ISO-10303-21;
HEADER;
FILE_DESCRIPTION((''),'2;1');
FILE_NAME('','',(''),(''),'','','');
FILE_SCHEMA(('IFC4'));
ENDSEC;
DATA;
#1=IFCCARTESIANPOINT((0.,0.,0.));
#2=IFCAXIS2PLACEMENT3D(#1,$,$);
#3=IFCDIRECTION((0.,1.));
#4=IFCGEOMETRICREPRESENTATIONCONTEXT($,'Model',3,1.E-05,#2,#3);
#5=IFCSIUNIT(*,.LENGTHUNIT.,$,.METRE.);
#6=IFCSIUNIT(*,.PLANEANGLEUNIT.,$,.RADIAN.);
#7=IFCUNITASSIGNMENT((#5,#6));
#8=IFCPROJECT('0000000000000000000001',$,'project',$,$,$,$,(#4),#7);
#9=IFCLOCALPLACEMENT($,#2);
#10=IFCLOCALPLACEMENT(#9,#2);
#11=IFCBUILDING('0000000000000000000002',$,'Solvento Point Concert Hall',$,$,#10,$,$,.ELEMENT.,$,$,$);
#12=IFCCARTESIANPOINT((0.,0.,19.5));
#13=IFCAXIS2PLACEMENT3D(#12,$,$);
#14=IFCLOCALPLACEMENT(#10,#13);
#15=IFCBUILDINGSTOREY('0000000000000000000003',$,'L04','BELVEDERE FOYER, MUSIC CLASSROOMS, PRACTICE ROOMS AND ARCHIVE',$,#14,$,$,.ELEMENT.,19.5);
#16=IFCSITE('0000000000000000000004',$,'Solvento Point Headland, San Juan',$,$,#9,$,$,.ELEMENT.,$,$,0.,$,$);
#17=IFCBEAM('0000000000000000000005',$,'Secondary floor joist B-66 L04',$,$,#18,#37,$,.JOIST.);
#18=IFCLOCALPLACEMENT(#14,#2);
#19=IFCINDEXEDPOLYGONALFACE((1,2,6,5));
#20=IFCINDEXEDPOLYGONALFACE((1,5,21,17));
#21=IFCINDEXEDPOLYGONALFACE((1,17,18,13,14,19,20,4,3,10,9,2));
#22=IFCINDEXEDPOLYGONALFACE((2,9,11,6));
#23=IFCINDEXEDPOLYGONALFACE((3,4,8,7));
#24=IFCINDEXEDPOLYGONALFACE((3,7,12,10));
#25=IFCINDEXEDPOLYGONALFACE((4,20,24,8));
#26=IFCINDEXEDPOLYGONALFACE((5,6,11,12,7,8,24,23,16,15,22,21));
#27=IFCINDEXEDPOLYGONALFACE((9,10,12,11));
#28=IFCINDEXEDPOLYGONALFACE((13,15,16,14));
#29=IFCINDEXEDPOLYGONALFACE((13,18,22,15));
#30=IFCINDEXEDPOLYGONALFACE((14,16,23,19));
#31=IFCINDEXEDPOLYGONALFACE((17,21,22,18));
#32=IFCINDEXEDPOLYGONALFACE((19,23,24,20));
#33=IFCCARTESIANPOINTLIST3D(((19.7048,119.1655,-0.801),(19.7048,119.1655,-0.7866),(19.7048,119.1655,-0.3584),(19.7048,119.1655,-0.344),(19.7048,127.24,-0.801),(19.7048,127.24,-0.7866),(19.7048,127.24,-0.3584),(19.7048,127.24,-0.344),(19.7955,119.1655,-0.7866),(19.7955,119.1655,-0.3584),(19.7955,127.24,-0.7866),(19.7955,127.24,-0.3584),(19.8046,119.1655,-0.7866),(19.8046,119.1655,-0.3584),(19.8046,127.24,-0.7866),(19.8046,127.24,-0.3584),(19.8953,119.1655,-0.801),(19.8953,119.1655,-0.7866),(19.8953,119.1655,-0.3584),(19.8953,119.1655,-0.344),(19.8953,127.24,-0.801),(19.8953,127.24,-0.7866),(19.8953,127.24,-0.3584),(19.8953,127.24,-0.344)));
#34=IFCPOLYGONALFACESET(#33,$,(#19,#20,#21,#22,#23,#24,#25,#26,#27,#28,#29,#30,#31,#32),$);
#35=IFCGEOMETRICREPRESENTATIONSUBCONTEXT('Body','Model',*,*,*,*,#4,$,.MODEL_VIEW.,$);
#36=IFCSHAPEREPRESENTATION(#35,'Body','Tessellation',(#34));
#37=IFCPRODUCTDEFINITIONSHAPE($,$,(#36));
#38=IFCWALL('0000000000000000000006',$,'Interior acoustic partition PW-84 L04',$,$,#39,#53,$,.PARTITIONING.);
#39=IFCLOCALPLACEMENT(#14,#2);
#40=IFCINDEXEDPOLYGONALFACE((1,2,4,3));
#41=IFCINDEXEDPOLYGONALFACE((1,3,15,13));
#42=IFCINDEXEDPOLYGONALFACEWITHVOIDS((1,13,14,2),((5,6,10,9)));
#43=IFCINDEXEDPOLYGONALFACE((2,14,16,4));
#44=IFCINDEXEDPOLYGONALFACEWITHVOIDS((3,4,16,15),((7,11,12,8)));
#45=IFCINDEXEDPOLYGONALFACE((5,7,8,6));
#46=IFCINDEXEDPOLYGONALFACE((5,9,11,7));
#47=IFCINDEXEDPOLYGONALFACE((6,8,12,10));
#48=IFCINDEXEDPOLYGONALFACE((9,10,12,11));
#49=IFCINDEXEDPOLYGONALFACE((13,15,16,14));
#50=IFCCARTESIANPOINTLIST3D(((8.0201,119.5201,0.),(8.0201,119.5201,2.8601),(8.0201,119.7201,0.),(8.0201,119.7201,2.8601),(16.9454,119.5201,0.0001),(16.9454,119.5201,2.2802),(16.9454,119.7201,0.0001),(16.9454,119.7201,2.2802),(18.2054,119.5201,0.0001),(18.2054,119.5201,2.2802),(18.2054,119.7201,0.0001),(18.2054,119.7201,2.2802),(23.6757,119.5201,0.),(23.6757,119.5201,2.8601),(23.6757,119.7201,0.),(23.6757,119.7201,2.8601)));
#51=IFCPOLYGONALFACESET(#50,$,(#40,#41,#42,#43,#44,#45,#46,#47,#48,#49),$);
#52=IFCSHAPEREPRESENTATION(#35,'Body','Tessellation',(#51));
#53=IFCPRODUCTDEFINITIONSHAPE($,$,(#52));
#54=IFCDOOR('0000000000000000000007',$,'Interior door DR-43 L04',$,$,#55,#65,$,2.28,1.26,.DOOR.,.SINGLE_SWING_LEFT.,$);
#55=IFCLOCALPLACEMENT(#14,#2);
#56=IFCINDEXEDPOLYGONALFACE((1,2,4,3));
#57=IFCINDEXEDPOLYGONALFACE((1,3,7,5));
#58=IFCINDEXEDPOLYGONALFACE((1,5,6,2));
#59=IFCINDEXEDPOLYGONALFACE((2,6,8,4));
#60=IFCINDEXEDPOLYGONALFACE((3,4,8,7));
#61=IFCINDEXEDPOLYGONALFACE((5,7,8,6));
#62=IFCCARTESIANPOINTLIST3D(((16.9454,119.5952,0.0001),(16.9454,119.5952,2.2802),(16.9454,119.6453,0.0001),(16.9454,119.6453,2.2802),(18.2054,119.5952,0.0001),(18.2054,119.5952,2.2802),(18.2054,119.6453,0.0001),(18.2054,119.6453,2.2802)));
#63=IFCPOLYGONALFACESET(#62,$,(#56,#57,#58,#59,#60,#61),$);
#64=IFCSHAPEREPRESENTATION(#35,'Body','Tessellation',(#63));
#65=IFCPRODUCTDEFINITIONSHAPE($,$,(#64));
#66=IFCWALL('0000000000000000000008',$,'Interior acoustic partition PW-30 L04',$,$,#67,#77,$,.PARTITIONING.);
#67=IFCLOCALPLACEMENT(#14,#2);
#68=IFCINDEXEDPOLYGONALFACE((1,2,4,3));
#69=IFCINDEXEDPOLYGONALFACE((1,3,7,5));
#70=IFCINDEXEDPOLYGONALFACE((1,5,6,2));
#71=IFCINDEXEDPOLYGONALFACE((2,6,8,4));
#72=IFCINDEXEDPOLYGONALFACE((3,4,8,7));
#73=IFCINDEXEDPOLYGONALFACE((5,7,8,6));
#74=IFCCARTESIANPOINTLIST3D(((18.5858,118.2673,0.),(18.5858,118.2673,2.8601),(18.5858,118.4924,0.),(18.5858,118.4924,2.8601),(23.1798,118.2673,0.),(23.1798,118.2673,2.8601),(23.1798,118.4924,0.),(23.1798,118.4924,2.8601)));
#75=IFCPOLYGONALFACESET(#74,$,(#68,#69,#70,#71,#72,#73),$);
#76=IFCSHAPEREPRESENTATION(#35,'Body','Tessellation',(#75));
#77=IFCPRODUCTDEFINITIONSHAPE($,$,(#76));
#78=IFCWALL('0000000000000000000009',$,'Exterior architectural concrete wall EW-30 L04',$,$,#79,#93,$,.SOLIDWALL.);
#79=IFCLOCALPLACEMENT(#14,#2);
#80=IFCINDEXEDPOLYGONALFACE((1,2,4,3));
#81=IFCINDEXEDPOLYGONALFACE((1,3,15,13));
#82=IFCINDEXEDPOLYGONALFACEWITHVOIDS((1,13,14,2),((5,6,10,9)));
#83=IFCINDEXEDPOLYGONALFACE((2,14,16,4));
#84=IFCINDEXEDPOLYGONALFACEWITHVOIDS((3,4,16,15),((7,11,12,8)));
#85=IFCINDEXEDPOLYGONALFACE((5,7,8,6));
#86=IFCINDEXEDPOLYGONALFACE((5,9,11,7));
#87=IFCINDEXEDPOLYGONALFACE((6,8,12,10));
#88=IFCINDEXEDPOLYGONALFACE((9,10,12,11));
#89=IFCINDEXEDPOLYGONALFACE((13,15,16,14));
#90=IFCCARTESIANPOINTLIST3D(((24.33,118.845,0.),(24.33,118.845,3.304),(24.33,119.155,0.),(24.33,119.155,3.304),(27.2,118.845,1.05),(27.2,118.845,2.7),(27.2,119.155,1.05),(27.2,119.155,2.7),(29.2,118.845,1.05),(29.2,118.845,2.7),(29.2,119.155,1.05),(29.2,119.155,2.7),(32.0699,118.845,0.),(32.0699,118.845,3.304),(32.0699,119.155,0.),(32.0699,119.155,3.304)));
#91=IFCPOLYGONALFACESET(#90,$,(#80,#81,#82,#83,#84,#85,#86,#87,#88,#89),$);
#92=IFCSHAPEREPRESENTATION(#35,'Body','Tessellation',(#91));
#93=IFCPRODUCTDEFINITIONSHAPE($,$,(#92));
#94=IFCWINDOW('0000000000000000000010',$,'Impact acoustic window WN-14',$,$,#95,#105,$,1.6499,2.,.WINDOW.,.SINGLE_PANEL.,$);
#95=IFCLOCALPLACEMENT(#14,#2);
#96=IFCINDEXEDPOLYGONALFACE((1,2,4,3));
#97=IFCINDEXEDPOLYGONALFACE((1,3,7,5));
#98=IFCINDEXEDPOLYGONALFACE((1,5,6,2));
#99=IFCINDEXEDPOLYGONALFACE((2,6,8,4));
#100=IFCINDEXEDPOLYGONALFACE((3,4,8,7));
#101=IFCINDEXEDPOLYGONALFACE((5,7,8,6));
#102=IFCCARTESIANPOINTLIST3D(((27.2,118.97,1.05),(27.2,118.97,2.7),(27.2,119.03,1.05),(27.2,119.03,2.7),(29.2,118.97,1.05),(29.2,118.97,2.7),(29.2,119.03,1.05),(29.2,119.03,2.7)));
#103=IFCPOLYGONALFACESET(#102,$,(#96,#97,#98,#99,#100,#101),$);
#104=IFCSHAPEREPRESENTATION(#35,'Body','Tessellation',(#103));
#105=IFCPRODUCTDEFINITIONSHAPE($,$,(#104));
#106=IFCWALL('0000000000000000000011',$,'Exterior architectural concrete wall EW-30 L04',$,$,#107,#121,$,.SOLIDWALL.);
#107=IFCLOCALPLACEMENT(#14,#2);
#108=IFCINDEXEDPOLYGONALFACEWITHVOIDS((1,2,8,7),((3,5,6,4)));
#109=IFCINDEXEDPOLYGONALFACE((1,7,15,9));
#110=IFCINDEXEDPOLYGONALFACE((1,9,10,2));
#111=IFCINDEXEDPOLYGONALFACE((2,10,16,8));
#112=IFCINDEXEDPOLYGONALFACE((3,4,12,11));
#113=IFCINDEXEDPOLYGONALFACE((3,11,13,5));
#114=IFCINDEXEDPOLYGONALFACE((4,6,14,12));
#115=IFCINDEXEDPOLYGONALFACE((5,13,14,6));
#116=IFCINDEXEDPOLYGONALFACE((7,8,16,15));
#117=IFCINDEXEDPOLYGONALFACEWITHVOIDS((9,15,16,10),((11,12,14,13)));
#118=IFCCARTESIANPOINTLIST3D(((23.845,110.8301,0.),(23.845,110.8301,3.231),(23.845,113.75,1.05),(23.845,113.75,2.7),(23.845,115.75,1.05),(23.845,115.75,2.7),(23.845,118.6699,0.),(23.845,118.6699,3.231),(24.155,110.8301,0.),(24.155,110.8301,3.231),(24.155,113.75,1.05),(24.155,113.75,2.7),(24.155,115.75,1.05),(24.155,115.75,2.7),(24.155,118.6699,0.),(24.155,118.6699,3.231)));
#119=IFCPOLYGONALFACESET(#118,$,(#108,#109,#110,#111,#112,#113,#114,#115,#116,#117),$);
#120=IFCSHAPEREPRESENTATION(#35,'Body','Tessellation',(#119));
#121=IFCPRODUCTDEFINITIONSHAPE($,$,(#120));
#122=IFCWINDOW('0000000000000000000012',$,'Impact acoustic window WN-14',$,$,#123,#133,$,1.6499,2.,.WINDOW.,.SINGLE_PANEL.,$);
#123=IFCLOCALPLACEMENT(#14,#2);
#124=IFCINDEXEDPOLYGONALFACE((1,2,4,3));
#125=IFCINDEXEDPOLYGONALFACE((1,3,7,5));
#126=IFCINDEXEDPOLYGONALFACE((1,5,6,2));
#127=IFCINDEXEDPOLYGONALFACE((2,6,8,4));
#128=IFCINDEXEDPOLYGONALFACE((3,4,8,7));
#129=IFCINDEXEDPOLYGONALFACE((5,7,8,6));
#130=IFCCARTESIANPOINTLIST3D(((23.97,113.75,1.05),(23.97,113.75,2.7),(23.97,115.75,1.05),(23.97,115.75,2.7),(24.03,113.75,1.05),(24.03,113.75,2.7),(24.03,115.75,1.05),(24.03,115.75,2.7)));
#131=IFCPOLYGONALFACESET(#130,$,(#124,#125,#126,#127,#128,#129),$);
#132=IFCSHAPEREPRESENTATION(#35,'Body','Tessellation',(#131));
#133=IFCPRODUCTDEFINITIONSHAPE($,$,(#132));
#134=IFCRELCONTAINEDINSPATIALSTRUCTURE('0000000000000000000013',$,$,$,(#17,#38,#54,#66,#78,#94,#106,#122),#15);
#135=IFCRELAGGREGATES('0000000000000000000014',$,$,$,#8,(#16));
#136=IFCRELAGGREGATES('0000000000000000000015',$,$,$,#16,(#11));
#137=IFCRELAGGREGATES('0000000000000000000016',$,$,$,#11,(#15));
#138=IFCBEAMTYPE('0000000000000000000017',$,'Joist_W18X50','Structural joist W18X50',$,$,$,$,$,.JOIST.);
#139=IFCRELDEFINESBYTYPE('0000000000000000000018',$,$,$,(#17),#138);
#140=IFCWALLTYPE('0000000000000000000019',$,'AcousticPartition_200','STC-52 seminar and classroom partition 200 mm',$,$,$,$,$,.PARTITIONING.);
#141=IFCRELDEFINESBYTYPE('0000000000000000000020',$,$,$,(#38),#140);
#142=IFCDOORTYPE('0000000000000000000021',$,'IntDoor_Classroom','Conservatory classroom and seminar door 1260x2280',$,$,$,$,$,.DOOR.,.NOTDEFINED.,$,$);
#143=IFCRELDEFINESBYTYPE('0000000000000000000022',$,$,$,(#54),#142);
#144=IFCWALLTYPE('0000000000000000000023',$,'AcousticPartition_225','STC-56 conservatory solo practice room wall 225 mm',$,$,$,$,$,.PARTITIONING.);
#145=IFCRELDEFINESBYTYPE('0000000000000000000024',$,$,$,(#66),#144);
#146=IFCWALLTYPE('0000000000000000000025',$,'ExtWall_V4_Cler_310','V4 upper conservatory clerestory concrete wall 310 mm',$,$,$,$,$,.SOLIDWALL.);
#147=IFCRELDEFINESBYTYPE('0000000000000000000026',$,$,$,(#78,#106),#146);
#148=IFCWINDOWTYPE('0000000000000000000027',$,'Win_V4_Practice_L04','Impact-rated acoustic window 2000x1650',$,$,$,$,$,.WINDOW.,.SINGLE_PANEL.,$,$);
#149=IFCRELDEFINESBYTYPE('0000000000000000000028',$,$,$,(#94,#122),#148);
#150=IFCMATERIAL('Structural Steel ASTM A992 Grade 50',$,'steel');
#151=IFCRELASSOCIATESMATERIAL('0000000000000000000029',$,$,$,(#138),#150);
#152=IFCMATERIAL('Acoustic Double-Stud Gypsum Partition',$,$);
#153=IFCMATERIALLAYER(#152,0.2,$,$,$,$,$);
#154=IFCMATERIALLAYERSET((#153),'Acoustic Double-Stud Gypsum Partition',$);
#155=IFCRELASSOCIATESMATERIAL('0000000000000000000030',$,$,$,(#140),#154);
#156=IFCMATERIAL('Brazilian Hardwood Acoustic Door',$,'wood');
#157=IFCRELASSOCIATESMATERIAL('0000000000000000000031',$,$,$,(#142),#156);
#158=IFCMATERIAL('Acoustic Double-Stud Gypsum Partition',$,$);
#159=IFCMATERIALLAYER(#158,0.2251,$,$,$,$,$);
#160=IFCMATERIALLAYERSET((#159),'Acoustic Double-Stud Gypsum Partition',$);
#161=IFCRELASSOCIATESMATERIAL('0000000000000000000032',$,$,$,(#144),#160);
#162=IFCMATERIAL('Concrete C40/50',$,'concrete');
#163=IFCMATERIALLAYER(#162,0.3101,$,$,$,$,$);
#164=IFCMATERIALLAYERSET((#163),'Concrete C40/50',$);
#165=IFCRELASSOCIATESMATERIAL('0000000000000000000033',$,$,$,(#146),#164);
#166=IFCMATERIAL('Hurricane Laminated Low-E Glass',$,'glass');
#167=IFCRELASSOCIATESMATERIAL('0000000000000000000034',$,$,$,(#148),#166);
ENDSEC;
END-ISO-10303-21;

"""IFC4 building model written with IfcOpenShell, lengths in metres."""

from ifc_helpers import new_model, si_unit, direction, frame, frame_2d, origin, origin_2d, place, context, subcontext, project, spatial, rectangle, i_section, extrude, material, layer, layer_set, material_profile, profile_set, type_object, element, fill, save


model = new_model("IFC4")

# Units and contexts
model_context = context("Model", 3, precision=1e-05, world=origin(), true_north=direction((0.0, 1.0)))
body_context = subcontext(model_context, "Body", "Model", "MODEL_VIEW")
ifc_project = project(units=[si_unit("LENGTHUNIT", "METRE"), si_unit("PLANEANGLEUNIT", "RADIAN")], contexts=[model_context])

# Site, building, storey
site_placement = place(None, origin())
site = spatial("IfcSite", under=ifc_project, at=site_placement, Name="Solvento Point Headland, San Juan", CompositionType="ELEMENT", RefElevation=0.0)
building_placement = place(site_placement, origin())
building = spatial("IfcBuilding", under=site, at=building_placement, Name="Solvento Point Concert Hall", CompositionType="ELEMENT")
storey_placement = place(building_placement, frame((0.0, 0.0, 19.5)))
storey = spatial("IfcBuildingStorey", under=building, at=storey_placement, Name="L04", Description="BELVEDERE FOYER, MUSIC CLASSROOMS, PRACTICE ROOMS AND ARCHIVE", CompositionType="ELEMENT", Elevation=19.5)

# Beam
ifc_material_1 = material(Name="Structural Steel ASTM A992 Grade 50", Category="steel")
ifc_material_profile_1 = material_profile(ifc_material_1, i_section(OverallWidth=0.1904, OverallDepth=0.457, WebThickness=0.009, FlangeThickness=0.0144, at=origin_2d()), Name="W18X50")
ifc_profile_set_1 = profile_set([ifc_material_profile_1], Name="Structural Steel ASTM A992 Grade 50")
beam_type_1 = type_object("IfcBeamType", Name="Joist_W18X50", Description="Structural joist W18X50", PredefinedType="JOIST", material=ifc_profile_set_1)
beam_1_placement = place(storey_placement, frame((19.8, 119.1655, -0.5725), z_axis=(0.0, 1.0, 0.0), x_axis=(-1.0, 0.0, 0.0)))
element("IfcBeam", 1, at=beam_1_placement, inside=storey, type_object=beam_type_1, Name="Secondary floor joist B-66 L04", PredefinedType="JOIST", context=body_context, shape_type="SweptSolid", body=[
    extrude(i_section(OverallWidth=0.1904, OverallDepth=0.457, WebThickness=0.009, FlangeThickness=0.0144, at=origin_2d()), origin(), (0.0, 0.0, 1.0), 8.0745),
])

# Wall, opening, door
ifc_material_2 = material(Name="Acoustic Double-Stud Gypsum Partition")
ifc_layer_1 = layer(ifc_material_2, 0.2)
ifc_layer_set_1 = layer_set([ifc_layer_1], Name="Acoustic Double-Stud Gypsum Partition")
wall_type_1 = type_object("IfcWallType", Name="AcousticPartition_200", Description="STC-52 seminar and classroom partition 200 mm", PredefinedType="PARTITIONING", material=ifc_layer_set_1)
wall_1_placement = place(storey_placement, frame((23.6755, 119.6201, 0.0), z_axis=(0.0, 0.0, 1.0), x_axis=(-1.0, 0.0, 0.0)))
wall_1 = element("IfcWall", 2, at=wall_1_placement, inside=storey, type_object=wall_type_1, Name="Interior acoustic partition PW-84 L04", PredefinedType="PARTITIONING", context=body_context, shape_type="SweptSolid", body=[
    extrude(rectangle(XDim=15.6555, YDim=0.2, at=frame_2d((7.8276, 0.0))), origin(), (0.0, 0.0, 1.0), 2.8601),
])
opening_1_placement = place(wall_1_placement, frame((5.4702, 0.0, 0.0)))
opening_1 = element("IfcOpeningElement", 3, at=opening_1_placement, cuts=wall_1, PredefinedType="OPENING", context=body_context, shape_type="SweptSolid", body=[
    extrude(rectangle(XDim=1.26, YDim=2.28, at=frame_2d((0.6299, 1.1401))), frame((0.0, 0.1099, 0.0), z_axis=(0.0, -1.0, 0.0), x_axis=(1.0, 0.0, 0.0)), (0.0, 0.0, 1.0), 0.22),
])
ifc_material_3 = material(Name="Brazilian Hardwood Acoustic Door", Category="wood")
door_type = type_object("IfcDoorType", Name="IntDoor_Classroom", Description="Conservatory classroom and seminar door 1260x2280", OperationType="NOTDEFINED", PredefinedType="DOOR", material=ifc_material_3)
door_placement = place(opening_1_placement, origin())
door = element("IfcDoor", 4, at=door_placement, inside=storey, type_object=door_type, Name="Interior door DR-43 L04", OperationType="SINGLE_SWING_LEFT", OverallHeight=2.28, OverallWidth=1.26, PredefinedType="DOOR", context=body_context, shape_type="SweptSolid", body=[
    extrude(rectangle(XDim=1.26, YDim=2.28, at=frame_2d((0.6299, 1.1401))), frame((0.0, 0.0249, 0.0), z_axis=(0.0, -1.0, 0.0), x_axis=(1.0, 0.0, 0.0)), (0.0, 0.0, 1.0), 0.05),
])
fill(opening_1, door)

# Wall
ifc_material_4 = material(Name="Acoustic Double-Stud Gypsum Partition")
ifc_layer_2 = layer(ifc_material_4, 0.2251)
ifc_layer_set_2 = layer_set([ifc_layer_2], Name="Acoustic Double-Stud Gypsum Partition")
wall_type_2 = type_object("IfcWallType", Name="AcousticPartition_225", Description="STC-56 conservatory solo practice room wall 225 mm", PredefinedType="PARTITIONING", material=ifc_layer_set_2)
wall_2_placement = place(storey_placement, frame((18.5859, 118.3799, 0.0), z_axis=(0.0, 0.0, 1.0), x_axis=(1.0, 0.0, 0.0)))
element("IfcWall", 5, at=wall_2_placement, inside=storey, type_object=wall_type_2, Name="Interior acoustic partition PW-30 L04", PredefinedType="PARTITIONING", context=body_context, shape_type="SweptSolid", body=[
    extrude(rectangle(XDim=4.594, YDim=0.2251, at=frame_2d((2.2969, 0.0))), origin(), (0.0, 0.0, 1.0), 2.8601),
])

# Walls, openings, windows
ifc_material_5 = material(Name="Concrete C40/50", Category="concrete")
ifc_layer_3 = layer(ifc_material_5, 0.3101)
ifc_layer_set_3 = layer_set([ifc_layer_3], Name="Concrete C40/50")
wall_type_3 = type_object("IfcWallType", Name="ExtWall_V4_Cler_310", Description="V4 upper conservatory clerestory concrete wall 310 mm", PredefinedType="SOLIDWALL", material=ifc_layer_set_3)
wall_3_placement = place(storey_placement, frame((32.0701, 119.0, 0.0), z_axis=(0.0, 0.0, 1.0), x_axis=(-1.0, 0.0, 0.0)))
wall_3 = element("IfcWall", 6, at=wall_3_placement, inside=storey, type_object=wall_type_3, Name="Exterior architectural concrete wall EW-30 L04", PredefinedType="SOLIDWALL", context=body_context, shape_type="SweptSolid", body=[
    extrude(rectangle(XDim=7.74, YDim=0.3101, at=frame_2d((3.8701, 0.0))), origin(), (0.0, 0.0, 1.0), 3.304),
])
opening_2_placement = place(wall_3_placement, frame((2.8701, 0.0, 1.05)))
opening_2 = element("IfcOpeningElement", 7, at=opening_2_placement, cuts=wall_3, PredefinedType="OPENING", context=body_context, shape_type="SweptSolid", body=[
    extrude(rectangle(XDim=2.0, YDim=1.6499, at=frame_2d((1.0, 0.825))), frame((0.0, 0.165, 0.0), z_axis=(0.0, -1.0, 0.0), x_axis=(1.0, 0.0, 0.0)), (0.0, 0.0, 1.0), 0.3301),
])
ifc_material_6 = material(Name="Hurricane Laminated Low-E Glass", Category="glass")
window_type = type_object("IfcWindowType", Name="Win_V4_Practice_L04", Description="Impact-rated acoustic window 2000x1650", PartitioningType="SINGLE_PANEL", PredefinedType="WINDOW", material=ifc_material_6)
window_1_placement = place(opening_2_placement, origin())
window_1 = element("IfcWindow", 8, at=window_1_placement, inside=storey, type_object=window_type, Name="Impact acoustic window WN-14", OverallHeight=1.6499, OverallWidth=2.0, PartitioningType="SINGLE_PANEL", PredefinedType="WINDOW", context=body_context, shape_type="SweptSolid", body=[
    extrude(rectangle(XDim=2.0, YDim=1.6499, at=frame_2d((1.0, 0.825))), frame((0.0, 0.03, 0.0), z_axis=(0.0, -1.0, 0.0), x_axis=(1.0, 0.0, 0.0)), (0.0, 0.0, 1.0), 0.0601),
])
fill(opening_2, window_1)
wall_4_placement = place(storey_placement, frame((24.0, 118.6699, 0.0), z_axis=(0.0, 0.0, 1.0), x_axis=(0.0, -1.0, 0.0)))
wall_4 = element("IfcWall", 9, at=wall_4_placement, inside=storey, type_object=wall_type_3, Name="Exterior architectural concrete wall EW-30 L04", PredefinedType="SOLIDWALL", context=body_context, shape_type="SweptSolid", body=[
    extrude(rectangle(XDim=7.8398, YDim=0.3101, at=frame_2d((3.9199, 0.0))), origin(), (0.0, 0.0, 1.0), 3.231),
])
opening_3_placement = place(wall_4_placement, frame((2.9199, 0.0, 1.05)))
opening_3 = element("IfcOpeningElement", 10, at=opening_3_placement, cuts=wall_4, PredefinedType="OPENING", context=body_context, shape_type="SweptSolid", body=[
    extrude(rectangle(XDim=2.0, YDim=1.6499, at=frame_2d((1.0, 0.825))), frame((0.0, 0.165, 0.0), z_axis=(0.0, -1.0, 0.0), x_axis=(1.0, 0.0, 0.0)), (0.0, 0.0, 1.0), 0.3301),
])
window_2_placement = place(opening_3_placement, origin())
window_2 = element("IfcWindow", 11, at=window_2_placement, inside=storey, type_object=window_type, Name="Impact acoustic window WN-14", OverallHeight=1.6499, OverallWidth=2.0, PartitioningType="SINGLE_PANEL", PredefinedType="WINDOW", context=body_context, shape_type="SweptSolid", body=[
    extrude(rectangle(XDim=2.0, YDim=1.6499, at=frame_2d((1.0, 0.825))), frame((0.0, 0.03, 0.0), z_axis=(0.0, -1.0, 0.0), x_axis=(1.0, 0.0, 0.0)), (0.0, 0.0, 1.0), 0.0601),
])
fill(opening_3, window_2)

save(model, "model.ifc")
